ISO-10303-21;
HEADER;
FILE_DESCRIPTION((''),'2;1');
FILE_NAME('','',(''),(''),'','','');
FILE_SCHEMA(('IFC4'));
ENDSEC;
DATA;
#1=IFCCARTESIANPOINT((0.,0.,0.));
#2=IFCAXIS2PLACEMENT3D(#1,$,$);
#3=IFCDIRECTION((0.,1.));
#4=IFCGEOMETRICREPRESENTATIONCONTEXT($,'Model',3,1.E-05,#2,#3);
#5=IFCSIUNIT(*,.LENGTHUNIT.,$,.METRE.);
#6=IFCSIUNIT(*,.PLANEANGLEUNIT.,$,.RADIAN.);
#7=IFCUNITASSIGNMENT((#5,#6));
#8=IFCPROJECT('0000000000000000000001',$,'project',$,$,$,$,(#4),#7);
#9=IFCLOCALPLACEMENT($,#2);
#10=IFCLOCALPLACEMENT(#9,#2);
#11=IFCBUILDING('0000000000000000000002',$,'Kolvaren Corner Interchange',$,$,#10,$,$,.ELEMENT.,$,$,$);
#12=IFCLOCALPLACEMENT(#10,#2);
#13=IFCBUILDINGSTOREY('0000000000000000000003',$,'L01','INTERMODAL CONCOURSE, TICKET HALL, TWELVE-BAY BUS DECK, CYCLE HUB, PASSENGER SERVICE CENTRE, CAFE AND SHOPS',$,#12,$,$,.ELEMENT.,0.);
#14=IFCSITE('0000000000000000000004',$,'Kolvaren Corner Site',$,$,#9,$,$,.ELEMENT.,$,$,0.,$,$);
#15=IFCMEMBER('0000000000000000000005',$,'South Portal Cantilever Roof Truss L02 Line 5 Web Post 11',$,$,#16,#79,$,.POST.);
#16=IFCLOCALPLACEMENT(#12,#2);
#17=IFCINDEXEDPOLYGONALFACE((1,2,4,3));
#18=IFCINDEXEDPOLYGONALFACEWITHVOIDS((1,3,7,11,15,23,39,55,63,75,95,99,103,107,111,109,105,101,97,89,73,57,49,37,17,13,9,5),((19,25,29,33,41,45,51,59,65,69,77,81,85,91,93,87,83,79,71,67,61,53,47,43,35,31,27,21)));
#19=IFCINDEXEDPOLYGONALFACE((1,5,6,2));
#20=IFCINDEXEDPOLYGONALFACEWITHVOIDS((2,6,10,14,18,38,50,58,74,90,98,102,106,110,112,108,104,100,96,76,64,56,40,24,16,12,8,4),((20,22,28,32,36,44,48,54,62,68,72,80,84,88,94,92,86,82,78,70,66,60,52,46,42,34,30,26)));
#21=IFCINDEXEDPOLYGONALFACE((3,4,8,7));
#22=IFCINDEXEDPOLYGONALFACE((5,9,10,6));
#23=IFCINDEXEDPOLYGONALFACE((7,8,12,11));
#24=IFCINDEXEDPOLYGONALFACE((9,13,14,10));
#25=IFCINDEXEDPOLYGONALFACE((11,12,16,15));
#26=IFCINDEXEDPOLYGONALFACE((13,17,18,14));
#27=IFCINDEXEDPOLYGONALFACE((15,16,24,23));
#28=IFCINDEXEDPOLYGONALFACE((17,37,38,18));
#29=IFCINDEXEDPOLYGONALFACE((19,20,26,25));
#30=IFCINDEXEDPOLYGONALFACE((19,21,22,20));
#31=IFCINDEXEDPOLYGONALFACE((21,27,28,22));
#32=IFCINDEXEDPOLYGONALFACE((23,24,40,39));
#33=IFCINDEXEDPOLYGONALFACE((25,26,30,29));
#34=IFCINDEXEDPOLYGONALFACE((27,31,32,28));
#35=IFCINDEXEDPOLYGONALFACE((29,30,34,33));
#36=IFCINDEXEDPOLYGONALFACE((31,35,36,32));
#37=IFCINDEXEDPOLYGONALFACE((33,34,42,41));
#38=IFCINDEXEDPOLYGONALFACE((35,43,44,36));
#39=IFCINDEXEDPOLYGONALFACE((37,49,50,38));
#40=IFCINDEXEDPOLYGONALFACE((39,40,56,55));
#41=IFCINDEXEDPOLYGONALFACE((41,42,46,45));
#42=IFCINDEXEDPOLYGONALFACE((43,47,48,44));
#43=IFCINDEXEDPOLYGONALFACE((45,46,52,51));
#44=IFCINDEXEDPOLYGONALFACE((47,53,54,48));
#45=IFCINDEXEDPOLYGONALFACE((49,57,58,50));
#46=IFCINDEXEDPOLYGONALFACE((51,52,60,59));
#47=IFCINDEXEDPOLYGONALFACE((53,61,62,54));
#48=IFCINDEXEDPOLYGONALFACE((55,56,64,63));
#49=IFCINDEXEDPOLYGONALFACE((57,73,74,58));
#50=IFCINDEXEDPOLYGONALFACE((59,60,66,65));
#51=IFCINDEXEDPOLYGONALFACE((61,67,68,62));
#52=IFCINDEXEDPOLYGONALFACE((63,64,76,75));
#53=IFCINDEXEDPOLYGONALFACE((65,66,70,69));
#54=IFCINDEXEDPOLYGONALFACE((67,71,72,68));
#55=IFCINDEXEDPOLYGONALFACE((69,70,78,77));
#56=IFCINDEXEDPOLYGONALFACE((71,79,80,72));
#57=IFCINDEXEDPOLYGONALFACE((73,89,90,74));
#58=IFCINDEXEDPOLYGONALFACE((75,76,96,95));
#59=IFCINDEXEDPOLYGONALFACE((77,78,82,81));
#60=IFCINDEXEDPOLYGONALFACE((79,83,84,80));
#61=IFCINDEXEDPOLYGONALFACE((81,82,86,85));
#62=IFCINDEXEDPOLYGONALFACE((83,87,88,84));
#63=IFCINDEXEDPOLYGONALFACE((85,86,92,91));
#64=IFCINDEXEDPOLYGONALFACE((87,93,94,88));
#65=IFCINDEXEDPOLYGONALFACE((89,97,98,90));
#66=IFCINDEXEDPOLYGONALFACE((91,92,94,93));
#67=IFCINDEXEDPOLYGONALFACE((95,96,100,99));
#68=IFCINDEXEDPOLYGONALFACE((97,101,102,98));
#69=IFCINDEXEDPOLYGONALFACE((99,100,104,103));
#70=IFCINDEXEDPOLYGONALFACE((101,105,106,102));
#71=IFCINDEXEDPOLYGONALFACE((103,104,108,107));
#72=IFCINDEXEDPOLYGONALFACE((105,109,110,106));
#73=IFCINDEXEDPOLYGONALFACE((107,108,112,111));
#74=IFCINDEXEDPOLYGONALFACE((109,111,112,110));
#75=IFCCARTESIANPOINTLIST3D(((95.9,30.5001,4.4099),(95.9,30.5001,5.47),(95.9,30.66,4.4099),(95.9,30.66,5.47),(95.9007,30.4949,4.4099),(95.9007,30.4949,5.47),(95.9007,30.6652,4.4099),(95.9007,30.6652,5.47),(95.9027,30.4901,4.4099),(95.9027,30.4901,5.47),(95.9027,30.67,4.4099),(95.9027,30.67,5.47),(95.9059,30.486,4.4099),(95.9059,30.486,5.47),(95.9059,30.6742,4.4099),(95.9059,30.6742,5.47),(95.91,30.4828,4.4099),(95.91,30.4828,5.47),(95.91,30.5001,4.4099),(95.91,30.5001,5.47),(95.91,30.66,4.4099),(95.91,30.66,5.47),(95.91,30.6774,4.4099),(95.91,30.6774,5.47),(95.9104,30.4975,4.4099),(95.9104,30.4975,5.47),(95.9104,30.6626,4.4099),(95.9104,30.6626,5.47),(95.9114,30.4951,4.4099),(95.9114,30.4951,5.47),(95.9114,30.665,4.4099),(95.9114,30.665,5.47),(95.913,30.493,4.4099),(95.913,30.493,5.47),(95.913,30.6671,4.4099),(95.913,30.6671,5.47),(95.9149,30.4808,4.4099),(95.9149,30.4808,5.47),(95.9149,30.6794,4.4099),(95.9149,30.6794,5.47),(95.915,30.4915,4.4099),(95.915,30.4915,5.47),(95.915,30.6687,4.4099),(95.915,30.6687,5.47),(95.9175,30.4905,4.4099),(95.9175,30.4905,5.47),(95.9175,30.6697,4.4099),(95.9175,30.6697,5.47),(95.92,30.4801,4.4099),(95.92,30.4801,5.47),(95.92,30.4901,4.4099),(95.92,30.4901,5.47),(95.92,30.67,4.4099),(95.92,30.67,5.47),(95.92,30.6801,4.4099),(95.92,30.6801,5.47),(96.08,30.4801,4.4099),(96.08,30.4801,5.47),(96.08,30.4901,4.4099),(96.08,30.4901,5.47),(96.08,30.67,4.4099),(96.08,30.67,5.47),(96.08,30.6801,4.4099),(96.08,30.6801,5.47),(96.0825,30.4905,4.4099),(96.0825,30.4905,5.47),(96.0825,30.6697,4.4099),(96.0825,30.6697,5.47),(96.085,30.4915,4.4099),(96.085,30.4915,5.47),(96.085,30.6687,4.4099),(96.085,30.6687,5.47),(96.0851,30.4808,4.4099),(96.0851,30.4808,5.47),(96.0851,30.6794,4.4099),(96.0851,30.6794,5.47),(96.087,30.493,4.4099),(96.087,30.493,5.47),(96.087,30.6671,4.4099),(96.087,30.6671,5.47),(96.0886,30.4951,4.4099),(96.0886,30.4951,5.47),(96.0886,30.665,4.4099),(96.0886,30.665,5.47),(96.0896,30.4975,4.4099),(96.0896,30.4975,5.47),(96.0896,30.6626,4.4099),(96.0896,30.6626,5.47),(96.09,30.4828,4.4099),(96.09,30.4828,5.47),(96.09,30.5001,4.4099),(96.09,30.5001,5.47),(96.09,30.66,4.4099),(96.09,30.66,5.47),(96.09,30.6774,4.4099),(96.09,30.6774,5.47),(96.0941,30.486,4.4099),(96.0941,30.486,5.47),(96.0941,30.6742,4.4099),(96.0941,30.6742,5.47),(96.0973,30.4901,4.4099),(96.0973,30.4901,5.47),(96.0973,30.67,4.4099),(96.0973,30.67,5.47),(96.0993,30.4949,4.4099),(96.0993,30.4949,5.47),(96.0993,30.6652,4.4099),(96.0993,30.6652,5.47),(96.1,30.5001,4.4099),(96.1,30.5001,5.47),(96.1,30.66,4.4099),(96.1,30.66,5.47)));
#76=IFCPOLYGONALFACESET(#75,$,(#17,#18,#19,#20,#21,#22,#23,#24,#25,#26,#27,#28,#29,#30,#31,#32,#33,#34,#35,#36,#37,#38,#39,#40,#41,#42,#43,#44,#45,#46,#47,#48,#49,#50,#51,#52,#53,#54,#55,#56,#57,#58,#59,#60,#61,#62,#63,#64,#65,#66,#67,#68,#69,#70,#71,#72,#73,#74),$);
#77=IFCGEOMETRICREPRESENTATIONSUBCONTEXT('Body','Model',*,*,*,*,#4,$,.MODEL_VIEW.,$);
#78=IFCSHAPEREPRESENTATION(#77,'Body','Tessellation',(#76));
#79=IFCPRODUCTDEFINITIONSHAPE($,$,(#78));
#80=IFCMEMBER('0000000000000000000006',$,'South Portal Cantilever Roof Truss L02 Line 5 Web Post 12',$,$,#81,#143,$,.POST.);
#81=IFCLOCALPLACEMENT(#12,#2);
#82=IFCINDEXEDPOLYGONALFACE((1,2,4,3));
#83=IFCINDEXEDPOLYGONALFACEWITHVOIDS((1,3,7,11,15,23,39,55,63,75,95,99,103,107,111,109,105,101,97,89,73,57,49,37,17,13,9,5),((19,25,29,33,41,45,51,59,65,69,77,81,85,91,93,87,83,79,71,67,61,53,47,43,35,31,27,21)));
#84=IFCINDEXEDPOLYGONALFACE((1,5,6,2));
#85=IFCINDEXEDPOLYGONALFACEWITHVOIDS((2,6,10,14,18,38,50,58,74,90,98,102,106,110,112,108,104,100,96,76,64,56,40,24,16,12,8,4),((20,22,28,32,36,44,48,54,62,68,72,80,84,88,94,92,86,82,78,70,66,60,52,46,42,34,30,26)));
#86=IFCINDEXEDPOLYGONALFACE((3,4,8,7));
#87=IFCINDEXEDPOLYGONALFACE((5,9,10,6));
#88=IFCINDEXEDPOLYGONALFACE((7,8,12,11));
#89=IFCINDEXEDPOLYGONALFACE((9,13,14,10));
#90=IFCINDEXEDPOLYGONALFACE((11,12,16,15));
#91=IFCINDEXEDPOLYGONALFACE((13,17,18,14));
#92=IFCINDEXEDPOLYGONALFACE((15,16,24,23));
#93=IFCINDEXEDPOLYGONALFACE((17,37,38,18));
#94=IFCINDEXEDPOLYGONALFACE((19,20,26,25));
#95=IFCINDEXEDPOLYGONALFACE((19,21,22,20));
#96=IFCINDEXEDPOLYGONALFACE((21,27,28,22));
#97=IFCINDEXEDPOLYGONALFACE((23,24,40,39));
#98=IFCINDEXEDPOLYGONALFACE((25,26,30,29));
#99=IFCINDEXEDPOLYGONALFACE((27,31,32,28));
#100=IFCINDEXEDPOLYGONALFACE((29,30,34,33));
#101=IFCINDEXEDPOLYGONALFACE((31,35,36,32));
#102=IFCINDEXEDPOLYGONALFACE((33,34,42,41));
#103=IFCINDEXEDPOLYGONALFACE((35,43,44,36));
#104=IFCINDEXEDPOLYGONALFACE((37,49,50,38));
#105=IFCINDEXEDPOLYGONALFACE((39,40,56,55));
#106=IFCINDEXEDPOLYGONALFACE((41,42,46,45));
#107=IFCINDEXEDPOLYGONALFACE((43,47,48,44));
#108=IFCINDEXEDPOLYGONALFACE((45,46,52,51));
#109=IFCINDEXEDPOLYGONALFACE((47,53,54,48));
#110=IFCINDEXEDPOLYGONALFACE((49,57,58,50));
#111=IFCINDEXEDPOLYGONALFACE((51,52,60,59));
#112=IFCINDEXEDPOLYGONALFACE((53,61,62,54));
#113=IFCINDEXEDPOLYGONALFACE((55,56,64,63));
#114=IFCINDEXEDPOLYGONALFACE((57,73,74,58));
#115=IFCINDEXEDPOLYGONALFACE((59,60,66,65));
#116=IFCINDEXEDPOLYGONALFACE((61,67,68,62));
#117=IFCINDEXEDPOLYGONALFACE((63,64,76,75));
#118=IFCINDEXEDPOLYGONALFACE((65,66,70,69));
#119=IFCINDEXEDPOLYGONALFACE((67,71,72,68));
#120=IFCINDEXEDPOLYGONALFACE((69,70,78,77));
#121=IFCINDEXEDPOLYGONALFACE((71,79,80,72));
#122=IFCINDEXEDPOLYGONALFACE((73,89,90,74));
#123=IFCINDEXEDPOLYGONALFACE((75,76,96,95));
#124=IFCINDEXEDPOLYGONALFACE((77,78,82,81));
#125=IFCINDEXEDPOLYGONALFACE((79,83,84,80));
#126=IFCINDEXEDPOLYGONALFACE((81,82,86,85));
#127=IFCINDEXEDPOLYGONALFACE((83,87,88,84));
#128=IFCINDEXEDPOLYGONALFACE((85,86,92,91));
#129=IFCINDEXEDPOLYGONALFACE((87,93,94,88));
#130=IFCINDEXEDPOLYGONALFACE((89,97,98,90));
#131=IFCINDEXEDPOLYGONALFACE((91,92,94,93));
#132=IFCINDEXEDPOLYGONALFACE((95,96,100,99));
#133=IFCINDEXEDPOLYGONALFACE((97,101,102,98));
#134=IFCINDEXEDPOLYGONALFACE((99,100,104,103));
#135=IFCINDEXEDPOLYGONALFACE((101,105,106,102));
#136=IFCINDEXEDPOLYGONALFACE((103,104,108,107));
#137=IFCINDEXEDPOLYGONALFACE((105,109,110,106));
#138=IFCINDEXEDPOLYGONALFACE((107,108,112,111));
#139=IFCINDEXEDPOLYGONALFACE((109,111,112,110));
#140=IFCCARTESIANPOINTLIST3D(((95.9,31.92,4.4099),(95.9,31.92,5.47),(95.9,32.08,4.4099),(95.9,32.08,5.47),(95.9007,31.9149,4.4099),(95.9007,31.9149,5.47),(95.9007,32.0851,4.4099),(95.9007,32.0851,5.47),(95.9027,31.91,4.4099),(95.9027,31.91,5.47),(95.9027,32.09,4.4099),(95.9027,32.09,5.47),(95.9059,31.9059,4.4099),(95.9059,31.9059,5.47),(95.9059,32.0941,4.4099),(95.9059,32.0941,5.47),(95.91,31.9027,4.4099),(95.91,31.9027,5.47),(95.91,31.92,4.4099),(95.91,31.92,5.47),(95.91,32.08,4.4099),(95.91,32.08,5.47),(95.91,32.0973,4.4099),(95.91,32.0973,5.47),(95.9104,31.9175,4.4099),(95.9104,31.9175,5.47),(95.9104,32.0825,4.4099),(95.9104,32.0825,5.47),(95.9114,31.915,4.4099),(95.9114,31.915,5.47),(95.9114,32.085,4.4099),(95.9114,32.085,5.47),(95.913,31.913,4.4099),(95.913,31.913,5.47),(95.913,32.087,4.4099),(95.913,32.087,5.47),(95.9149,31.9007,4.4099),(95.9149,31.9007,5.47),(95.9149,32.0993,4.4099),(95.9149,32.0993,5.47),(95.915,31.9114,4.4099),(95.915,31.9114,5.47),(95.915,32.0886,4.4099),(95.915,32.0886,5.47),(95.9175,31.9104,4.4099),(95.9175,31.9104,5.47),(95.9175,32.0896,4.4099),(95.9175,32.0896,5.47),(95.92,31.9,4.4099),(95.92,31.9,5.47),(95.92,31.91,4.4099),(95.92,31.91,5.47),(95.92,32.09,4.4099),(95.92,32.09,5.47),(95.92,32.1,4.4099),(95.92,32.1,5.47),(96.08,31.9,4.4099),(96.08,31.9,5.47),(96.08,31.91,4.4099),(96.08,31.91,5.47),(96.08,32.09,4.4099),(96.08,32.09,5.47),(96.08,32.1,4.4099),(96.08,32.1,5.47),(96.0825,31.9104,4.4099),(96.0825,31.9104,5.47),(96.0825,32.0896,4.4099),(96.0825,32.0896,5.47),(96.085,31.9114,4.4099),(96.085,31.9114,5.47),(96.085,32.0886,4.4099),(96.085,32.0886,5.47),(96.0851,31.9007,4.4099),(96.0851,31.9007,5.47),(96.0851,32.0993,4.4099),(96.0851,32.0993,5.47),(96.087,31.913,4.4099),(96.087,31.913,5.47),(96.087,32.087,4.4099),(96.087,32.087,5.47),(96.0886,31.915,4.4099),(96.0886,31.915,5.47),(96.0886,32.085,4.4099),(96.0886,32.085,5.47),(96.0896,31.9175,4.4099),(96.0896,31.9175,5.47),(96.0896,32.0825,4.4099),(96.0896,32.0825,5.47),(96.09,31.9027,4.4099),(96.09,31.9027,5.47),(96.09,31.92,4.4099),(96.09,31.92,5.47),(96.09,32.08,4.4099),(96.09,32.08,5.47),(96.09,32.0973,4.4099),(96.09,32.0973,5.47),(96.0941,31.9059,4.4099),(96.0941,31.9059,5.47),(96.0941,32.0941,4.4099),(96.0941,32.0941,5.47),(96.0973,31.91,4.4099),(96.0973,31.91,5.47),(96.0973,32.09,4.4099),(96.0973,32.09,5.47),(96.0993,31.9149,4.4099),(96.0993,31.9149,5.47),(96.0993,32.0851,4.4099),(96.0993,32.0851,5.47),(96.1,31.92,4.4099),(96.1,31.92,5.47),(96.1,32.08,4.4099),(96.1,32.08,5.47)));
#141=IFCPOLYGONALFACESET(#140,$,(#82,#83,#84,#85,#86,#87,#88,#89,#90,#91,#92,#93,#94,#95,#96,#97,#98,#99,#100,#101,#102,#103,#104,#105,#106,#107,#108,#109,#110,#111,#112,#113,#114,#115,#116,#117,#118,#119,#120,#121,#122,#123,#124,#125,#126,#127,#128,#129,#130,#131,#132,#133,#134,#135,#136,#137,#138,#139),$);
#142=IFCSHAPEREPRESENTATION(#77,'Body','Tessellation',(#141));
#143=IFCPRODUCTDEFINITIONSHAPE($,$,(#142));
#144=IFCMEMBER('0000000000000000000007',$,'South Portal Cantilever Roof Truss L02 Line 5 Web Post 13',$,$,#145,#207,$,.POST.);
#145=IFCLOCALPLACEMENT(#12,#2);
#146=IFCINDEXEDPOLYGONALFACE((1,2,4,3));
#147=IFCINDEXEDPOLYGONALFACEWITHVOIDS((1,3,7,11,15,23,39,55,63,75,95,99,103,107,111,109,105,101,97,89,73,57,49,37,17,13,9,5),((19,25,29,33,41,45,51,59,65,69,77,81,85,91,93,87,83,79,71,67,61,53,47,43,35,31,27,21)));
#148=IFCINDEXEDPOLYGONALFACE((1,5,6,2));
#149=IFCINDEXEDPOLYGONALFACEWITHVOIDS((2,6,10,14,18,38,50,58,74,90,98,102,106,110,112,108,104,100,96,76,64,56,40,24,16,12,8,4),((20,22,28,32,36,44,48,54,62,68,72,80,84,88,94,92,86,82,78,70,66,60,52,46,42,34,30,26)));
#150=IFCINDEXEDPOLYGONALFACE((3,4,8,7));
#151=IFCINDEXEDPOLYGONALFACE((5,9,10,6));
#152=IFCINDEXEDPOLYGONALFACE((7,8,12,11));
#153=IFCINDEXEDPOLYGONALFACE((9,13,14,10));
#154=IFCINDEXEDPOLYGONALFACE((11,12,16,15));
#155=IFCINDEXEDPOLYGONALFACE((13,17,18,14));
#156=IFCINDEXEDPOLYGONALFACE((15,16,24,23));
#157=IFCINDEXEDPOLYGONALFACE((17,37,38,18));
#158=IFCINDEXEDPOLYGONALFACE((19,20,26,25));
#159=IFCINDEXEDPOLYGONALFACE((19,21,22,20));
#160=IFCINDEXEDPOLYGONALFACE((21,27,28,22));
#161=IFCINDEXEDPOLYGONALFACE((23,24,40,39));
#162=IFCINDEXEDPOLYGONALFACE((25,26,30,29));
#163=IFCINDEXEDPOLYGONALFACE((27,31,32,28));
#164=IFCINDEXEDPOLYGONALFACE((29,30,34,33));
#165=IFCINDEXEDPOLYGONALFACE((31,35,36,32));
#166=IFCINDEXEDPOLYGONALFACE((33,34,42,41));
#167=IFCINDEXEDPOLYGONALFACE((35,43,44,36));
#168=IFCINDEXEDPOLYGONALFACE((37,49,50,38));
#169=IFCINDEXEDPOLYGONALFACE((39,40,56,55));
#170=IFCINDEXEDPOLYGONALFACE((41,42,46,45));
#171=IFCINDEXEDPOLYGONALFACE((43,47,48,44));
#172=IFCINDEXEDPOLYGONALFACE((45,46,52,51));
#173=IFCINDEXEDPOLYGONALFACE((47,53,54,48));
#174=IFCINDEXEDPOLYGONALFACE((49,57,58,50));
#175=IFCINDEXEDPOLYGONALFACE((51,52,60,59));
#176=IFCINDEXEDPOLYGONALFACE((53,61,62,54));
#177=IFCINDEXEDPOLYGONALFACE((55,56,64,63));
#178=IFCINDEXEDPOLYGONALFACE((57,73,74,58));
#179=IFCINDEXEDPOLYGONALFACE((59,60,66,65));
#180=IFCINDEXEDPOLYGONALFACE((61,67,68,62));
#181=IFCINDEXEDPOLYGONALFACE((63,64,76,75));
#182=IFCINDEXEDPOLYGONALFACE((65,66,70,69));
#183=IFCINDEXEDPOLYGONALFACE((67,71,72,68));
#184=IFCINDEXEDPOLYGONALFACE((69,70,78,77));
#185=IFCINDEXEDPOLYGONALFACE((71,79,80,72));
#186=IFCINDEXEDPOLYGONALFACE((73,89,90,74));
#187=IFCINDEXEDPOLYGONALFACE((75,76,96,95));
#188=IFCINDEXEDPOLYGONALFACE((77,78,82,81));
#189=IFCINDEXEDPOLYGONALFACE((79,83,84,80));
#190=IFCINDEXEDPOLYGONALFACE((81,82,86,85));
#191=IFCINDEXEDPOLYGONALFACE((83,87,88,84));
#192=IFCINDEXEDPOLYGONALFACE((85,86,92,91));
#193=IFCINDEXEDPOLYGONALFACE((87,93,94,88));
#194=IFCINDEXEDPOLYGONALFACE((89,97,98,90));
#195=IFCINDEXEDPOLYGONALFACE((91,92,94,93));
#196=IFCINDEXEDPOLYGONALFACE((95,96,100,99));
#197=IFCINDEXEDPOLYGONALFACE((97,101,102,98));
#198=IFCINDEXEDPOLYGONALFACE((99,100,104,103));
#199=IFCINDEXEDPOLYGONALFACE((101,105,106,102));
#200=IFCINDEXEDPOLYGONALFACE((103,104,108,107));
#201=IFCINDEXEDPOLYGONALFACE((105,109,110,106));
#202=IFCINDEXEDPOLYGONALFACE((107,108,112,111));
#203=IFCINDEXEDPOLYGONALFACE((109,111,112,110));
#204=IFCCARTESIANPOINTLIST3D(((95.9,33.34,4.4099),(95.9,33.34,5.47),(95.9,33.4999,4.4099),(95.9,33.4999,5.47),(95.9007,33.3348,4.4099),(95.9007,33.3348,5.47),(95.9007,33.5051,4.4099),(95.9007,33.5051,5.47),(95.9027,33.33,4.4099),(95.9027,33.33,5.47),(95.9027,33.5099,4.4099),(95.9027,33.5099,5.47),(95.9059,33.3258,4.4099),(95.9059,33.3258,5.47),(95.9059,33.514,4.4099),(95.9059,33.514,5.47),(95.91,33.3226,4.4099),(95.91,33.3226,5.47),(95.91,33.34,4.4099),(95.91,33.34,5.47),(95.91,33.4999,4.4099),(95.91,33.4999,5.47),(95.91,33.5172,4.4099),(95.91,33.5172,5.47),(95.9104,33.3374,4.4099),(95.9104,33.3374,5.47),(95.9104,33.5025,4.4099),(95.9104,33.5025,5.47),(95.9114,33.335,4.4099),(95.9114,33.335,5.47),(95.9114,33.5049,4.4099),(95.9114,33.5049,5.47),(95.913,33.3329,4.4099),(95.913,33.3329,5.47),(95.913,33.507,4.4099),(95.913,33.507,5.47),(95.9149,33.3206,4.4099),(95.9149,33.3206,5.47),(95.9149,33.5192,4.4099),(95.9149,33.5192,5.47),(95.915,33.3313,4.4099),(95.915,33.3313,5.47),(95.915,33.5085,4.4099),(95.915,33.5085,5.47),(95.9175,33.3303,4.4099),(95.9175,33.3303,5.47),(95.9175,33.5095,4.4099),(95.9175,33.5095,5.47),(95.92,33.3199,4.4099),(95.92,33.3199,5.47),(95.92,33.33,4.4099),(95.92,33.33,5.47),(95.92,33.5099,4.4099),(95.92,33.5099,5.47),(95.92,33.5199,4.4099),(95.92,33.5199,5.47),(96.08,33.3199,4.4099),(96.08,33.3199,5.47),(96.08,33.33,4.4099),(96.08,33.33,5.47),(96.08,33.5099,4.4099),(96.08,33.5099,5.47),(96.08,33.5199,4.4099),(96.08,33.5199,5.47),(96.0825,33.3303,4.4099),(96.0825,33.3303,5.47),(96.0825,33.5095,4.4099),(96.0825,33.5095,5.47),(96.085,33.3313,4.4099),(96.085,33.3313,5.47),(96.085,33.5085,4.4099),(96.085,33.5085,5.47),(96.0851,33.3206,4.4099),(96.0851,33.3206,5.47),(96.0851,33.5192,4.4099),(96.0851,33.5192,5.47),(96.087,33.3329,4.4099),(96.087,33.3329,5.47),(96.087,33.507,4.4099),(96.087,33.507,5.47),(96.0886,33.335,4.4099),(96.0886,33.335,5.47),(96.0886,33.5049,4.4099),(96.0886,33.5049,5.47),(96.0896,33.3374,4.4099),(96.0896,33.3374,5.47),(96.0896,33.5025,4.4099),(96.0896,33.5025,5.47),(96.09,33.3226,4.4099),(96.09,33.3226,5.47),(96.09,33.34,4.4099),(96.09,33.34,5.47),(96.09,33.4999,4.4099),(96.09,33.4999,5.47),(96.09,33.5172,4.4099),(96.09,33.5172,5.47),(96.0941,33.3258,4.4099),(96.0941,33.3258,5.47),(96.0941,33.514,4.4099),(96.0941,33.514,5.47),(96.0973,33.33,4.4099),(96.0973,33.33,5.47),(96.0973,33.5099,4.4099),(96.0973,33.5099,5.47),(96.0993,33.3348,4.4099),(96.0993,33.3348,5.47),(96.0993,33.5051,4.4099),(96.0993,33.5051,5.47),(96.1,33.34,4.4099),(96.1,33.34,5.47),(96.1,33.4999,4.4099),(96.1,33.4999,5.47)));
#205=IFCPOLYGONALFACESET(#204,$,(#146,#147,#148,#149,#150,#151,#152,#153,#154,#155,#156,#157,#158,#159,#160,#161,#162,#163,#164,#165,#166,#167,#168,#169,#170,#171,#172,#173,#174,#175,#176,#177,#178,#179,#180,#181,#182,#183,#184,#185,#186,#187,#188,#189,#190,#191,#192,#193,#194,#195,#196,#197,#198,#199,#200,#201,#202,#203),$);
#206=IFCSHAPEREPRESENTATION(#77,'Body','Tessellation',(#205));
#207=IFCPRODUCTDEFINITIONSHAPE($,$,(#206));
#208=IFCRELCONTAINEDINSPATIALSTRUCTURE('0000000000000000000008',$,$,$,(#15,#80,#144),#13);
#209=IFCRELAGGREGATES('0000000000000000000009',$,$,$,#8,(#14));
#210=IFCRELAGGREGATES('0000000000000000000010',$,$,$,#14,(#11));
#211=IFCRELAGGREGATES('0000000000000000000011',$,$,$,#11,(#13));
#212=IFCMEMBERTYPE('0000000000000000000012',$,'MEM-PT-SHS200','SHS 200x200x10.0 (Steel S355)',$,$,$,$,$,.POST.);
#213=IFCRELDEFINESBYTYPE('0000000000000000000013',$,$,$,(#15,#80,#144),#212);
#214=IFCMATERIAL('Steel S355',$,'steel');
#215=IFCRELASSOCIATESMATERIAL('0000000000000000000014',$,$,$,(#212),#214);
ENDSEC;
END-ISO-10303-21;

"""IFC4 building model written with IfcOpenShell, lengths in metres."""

from ifc_helpers import new_model, si_unit, direction, frame, origin, origin_2d, place, context, subcontext, project, spatial, hollow_rectangle, extrude, material, material_profile, profile_set, type_object, element, save


model = new_model("IFC4")

# Units and contexts
model_context = context("Model", 3, precision=1e-05, world=origin(), true_north=direction((0.0, 1.0)))
body_context = subcontext(model_context, "Body", "Model", "MODEL_VIEW")
ifc_project = project(units=[si_unit("LENGTHUNIT", "METRE"), si_unit("PLANEANGLEUNIT", "RADIAN")], contexts=[model_context])

# Site, building, storey
site_placement = place(None, origin())
site = spatial("IfcSite", under=ifc_project, at=site_placement, Name="Kolvaren Corner Site", CompositionType="ELEMENT", RefElevation=0.0)
building_placement = place(site_placement, origin())
building = spatial("IfcBuilding", under=site, at=building_placement, Name="Kolvaren Corner Interchange", CompositionType="ELEMENT")
storey_placement = place(building_placement, origin())
storey = spatial("IfcBuildingStorey", under=building, at=storey_placement, Name="L01", Description="INTERMODAL CONCOURSE, TICKET HALL, TWELVE-BAY BUS DECK, CYCLE HUB, PASSENGER SERVICE CENTRE, CAFE AND SHOPS", CompositionType="ELEMENT", Elevation=0.0)

# Members
ifc_material_1 = material(Name="Steel S355", Category="steel")
ifc_material_profile_1 = material_profile(ifc_material_1, hollow_rectangle(XDim=0.2, YDim=0.2, WallThickness=0.01, InnerFilletRadius=0.01, OuterFilletRadius=0.02, at=origin_2d()), Name="SHS 200x200x10.0")
ifc_profile_set_1 = profile_set([ifc_material_profile_1], Name="Steel S355")
member_type_1 = type_object("IfcMemberType", Name="MEM-PT-SHS200", Description="SHS 200x200x10.0 (Steel S355)", PredefinedType="POST", material=ifc_profile_set_1)
for number, where, z_axis, x_axis, name in (
    (1, (96.0, 30.5801, 4.4099), (0.0, 0.0, 1.0), (1.0, 0.0, 0.0), "South Portal Cantilever Roof Truss L02 Line 5 Web Post 11"),
    (2, (96.0, 32.0, 4.4099), (0.0, 0.0, 1.0), (1.0, 0.0, 0.0), "South Portal Cantilever Roof Truss L02 Line 5 Web Post 12"),
    (3, (96.0, 33.4199, 4.4099), (0.0, 0.0, 1.0), (1.0, 0.0, 0.0), "South Portal Cantilever Roof Truss L02 Line 5 Web Post 13"),
):
    element("IfcMember", number, at=place(storey_placement, frame(where, z_axis=z_axis, x_axis=x_axis)), inside=storey, type_object=member_type_1, Name=name, PredefinedType="POST", context=body_context, shape_type="SweptSolid", body=[
        extrude(hollow_rectangle(XDim=0.2, YDim=0.2, WallThickness=0.01, InnerFilletRadius=0.01, OuterFilletRadius=0.02, at=origin_2d()), origin(), (0.0, 0.0, 1.0), 1.0601),
    ])

save(model, "model.ifc")
